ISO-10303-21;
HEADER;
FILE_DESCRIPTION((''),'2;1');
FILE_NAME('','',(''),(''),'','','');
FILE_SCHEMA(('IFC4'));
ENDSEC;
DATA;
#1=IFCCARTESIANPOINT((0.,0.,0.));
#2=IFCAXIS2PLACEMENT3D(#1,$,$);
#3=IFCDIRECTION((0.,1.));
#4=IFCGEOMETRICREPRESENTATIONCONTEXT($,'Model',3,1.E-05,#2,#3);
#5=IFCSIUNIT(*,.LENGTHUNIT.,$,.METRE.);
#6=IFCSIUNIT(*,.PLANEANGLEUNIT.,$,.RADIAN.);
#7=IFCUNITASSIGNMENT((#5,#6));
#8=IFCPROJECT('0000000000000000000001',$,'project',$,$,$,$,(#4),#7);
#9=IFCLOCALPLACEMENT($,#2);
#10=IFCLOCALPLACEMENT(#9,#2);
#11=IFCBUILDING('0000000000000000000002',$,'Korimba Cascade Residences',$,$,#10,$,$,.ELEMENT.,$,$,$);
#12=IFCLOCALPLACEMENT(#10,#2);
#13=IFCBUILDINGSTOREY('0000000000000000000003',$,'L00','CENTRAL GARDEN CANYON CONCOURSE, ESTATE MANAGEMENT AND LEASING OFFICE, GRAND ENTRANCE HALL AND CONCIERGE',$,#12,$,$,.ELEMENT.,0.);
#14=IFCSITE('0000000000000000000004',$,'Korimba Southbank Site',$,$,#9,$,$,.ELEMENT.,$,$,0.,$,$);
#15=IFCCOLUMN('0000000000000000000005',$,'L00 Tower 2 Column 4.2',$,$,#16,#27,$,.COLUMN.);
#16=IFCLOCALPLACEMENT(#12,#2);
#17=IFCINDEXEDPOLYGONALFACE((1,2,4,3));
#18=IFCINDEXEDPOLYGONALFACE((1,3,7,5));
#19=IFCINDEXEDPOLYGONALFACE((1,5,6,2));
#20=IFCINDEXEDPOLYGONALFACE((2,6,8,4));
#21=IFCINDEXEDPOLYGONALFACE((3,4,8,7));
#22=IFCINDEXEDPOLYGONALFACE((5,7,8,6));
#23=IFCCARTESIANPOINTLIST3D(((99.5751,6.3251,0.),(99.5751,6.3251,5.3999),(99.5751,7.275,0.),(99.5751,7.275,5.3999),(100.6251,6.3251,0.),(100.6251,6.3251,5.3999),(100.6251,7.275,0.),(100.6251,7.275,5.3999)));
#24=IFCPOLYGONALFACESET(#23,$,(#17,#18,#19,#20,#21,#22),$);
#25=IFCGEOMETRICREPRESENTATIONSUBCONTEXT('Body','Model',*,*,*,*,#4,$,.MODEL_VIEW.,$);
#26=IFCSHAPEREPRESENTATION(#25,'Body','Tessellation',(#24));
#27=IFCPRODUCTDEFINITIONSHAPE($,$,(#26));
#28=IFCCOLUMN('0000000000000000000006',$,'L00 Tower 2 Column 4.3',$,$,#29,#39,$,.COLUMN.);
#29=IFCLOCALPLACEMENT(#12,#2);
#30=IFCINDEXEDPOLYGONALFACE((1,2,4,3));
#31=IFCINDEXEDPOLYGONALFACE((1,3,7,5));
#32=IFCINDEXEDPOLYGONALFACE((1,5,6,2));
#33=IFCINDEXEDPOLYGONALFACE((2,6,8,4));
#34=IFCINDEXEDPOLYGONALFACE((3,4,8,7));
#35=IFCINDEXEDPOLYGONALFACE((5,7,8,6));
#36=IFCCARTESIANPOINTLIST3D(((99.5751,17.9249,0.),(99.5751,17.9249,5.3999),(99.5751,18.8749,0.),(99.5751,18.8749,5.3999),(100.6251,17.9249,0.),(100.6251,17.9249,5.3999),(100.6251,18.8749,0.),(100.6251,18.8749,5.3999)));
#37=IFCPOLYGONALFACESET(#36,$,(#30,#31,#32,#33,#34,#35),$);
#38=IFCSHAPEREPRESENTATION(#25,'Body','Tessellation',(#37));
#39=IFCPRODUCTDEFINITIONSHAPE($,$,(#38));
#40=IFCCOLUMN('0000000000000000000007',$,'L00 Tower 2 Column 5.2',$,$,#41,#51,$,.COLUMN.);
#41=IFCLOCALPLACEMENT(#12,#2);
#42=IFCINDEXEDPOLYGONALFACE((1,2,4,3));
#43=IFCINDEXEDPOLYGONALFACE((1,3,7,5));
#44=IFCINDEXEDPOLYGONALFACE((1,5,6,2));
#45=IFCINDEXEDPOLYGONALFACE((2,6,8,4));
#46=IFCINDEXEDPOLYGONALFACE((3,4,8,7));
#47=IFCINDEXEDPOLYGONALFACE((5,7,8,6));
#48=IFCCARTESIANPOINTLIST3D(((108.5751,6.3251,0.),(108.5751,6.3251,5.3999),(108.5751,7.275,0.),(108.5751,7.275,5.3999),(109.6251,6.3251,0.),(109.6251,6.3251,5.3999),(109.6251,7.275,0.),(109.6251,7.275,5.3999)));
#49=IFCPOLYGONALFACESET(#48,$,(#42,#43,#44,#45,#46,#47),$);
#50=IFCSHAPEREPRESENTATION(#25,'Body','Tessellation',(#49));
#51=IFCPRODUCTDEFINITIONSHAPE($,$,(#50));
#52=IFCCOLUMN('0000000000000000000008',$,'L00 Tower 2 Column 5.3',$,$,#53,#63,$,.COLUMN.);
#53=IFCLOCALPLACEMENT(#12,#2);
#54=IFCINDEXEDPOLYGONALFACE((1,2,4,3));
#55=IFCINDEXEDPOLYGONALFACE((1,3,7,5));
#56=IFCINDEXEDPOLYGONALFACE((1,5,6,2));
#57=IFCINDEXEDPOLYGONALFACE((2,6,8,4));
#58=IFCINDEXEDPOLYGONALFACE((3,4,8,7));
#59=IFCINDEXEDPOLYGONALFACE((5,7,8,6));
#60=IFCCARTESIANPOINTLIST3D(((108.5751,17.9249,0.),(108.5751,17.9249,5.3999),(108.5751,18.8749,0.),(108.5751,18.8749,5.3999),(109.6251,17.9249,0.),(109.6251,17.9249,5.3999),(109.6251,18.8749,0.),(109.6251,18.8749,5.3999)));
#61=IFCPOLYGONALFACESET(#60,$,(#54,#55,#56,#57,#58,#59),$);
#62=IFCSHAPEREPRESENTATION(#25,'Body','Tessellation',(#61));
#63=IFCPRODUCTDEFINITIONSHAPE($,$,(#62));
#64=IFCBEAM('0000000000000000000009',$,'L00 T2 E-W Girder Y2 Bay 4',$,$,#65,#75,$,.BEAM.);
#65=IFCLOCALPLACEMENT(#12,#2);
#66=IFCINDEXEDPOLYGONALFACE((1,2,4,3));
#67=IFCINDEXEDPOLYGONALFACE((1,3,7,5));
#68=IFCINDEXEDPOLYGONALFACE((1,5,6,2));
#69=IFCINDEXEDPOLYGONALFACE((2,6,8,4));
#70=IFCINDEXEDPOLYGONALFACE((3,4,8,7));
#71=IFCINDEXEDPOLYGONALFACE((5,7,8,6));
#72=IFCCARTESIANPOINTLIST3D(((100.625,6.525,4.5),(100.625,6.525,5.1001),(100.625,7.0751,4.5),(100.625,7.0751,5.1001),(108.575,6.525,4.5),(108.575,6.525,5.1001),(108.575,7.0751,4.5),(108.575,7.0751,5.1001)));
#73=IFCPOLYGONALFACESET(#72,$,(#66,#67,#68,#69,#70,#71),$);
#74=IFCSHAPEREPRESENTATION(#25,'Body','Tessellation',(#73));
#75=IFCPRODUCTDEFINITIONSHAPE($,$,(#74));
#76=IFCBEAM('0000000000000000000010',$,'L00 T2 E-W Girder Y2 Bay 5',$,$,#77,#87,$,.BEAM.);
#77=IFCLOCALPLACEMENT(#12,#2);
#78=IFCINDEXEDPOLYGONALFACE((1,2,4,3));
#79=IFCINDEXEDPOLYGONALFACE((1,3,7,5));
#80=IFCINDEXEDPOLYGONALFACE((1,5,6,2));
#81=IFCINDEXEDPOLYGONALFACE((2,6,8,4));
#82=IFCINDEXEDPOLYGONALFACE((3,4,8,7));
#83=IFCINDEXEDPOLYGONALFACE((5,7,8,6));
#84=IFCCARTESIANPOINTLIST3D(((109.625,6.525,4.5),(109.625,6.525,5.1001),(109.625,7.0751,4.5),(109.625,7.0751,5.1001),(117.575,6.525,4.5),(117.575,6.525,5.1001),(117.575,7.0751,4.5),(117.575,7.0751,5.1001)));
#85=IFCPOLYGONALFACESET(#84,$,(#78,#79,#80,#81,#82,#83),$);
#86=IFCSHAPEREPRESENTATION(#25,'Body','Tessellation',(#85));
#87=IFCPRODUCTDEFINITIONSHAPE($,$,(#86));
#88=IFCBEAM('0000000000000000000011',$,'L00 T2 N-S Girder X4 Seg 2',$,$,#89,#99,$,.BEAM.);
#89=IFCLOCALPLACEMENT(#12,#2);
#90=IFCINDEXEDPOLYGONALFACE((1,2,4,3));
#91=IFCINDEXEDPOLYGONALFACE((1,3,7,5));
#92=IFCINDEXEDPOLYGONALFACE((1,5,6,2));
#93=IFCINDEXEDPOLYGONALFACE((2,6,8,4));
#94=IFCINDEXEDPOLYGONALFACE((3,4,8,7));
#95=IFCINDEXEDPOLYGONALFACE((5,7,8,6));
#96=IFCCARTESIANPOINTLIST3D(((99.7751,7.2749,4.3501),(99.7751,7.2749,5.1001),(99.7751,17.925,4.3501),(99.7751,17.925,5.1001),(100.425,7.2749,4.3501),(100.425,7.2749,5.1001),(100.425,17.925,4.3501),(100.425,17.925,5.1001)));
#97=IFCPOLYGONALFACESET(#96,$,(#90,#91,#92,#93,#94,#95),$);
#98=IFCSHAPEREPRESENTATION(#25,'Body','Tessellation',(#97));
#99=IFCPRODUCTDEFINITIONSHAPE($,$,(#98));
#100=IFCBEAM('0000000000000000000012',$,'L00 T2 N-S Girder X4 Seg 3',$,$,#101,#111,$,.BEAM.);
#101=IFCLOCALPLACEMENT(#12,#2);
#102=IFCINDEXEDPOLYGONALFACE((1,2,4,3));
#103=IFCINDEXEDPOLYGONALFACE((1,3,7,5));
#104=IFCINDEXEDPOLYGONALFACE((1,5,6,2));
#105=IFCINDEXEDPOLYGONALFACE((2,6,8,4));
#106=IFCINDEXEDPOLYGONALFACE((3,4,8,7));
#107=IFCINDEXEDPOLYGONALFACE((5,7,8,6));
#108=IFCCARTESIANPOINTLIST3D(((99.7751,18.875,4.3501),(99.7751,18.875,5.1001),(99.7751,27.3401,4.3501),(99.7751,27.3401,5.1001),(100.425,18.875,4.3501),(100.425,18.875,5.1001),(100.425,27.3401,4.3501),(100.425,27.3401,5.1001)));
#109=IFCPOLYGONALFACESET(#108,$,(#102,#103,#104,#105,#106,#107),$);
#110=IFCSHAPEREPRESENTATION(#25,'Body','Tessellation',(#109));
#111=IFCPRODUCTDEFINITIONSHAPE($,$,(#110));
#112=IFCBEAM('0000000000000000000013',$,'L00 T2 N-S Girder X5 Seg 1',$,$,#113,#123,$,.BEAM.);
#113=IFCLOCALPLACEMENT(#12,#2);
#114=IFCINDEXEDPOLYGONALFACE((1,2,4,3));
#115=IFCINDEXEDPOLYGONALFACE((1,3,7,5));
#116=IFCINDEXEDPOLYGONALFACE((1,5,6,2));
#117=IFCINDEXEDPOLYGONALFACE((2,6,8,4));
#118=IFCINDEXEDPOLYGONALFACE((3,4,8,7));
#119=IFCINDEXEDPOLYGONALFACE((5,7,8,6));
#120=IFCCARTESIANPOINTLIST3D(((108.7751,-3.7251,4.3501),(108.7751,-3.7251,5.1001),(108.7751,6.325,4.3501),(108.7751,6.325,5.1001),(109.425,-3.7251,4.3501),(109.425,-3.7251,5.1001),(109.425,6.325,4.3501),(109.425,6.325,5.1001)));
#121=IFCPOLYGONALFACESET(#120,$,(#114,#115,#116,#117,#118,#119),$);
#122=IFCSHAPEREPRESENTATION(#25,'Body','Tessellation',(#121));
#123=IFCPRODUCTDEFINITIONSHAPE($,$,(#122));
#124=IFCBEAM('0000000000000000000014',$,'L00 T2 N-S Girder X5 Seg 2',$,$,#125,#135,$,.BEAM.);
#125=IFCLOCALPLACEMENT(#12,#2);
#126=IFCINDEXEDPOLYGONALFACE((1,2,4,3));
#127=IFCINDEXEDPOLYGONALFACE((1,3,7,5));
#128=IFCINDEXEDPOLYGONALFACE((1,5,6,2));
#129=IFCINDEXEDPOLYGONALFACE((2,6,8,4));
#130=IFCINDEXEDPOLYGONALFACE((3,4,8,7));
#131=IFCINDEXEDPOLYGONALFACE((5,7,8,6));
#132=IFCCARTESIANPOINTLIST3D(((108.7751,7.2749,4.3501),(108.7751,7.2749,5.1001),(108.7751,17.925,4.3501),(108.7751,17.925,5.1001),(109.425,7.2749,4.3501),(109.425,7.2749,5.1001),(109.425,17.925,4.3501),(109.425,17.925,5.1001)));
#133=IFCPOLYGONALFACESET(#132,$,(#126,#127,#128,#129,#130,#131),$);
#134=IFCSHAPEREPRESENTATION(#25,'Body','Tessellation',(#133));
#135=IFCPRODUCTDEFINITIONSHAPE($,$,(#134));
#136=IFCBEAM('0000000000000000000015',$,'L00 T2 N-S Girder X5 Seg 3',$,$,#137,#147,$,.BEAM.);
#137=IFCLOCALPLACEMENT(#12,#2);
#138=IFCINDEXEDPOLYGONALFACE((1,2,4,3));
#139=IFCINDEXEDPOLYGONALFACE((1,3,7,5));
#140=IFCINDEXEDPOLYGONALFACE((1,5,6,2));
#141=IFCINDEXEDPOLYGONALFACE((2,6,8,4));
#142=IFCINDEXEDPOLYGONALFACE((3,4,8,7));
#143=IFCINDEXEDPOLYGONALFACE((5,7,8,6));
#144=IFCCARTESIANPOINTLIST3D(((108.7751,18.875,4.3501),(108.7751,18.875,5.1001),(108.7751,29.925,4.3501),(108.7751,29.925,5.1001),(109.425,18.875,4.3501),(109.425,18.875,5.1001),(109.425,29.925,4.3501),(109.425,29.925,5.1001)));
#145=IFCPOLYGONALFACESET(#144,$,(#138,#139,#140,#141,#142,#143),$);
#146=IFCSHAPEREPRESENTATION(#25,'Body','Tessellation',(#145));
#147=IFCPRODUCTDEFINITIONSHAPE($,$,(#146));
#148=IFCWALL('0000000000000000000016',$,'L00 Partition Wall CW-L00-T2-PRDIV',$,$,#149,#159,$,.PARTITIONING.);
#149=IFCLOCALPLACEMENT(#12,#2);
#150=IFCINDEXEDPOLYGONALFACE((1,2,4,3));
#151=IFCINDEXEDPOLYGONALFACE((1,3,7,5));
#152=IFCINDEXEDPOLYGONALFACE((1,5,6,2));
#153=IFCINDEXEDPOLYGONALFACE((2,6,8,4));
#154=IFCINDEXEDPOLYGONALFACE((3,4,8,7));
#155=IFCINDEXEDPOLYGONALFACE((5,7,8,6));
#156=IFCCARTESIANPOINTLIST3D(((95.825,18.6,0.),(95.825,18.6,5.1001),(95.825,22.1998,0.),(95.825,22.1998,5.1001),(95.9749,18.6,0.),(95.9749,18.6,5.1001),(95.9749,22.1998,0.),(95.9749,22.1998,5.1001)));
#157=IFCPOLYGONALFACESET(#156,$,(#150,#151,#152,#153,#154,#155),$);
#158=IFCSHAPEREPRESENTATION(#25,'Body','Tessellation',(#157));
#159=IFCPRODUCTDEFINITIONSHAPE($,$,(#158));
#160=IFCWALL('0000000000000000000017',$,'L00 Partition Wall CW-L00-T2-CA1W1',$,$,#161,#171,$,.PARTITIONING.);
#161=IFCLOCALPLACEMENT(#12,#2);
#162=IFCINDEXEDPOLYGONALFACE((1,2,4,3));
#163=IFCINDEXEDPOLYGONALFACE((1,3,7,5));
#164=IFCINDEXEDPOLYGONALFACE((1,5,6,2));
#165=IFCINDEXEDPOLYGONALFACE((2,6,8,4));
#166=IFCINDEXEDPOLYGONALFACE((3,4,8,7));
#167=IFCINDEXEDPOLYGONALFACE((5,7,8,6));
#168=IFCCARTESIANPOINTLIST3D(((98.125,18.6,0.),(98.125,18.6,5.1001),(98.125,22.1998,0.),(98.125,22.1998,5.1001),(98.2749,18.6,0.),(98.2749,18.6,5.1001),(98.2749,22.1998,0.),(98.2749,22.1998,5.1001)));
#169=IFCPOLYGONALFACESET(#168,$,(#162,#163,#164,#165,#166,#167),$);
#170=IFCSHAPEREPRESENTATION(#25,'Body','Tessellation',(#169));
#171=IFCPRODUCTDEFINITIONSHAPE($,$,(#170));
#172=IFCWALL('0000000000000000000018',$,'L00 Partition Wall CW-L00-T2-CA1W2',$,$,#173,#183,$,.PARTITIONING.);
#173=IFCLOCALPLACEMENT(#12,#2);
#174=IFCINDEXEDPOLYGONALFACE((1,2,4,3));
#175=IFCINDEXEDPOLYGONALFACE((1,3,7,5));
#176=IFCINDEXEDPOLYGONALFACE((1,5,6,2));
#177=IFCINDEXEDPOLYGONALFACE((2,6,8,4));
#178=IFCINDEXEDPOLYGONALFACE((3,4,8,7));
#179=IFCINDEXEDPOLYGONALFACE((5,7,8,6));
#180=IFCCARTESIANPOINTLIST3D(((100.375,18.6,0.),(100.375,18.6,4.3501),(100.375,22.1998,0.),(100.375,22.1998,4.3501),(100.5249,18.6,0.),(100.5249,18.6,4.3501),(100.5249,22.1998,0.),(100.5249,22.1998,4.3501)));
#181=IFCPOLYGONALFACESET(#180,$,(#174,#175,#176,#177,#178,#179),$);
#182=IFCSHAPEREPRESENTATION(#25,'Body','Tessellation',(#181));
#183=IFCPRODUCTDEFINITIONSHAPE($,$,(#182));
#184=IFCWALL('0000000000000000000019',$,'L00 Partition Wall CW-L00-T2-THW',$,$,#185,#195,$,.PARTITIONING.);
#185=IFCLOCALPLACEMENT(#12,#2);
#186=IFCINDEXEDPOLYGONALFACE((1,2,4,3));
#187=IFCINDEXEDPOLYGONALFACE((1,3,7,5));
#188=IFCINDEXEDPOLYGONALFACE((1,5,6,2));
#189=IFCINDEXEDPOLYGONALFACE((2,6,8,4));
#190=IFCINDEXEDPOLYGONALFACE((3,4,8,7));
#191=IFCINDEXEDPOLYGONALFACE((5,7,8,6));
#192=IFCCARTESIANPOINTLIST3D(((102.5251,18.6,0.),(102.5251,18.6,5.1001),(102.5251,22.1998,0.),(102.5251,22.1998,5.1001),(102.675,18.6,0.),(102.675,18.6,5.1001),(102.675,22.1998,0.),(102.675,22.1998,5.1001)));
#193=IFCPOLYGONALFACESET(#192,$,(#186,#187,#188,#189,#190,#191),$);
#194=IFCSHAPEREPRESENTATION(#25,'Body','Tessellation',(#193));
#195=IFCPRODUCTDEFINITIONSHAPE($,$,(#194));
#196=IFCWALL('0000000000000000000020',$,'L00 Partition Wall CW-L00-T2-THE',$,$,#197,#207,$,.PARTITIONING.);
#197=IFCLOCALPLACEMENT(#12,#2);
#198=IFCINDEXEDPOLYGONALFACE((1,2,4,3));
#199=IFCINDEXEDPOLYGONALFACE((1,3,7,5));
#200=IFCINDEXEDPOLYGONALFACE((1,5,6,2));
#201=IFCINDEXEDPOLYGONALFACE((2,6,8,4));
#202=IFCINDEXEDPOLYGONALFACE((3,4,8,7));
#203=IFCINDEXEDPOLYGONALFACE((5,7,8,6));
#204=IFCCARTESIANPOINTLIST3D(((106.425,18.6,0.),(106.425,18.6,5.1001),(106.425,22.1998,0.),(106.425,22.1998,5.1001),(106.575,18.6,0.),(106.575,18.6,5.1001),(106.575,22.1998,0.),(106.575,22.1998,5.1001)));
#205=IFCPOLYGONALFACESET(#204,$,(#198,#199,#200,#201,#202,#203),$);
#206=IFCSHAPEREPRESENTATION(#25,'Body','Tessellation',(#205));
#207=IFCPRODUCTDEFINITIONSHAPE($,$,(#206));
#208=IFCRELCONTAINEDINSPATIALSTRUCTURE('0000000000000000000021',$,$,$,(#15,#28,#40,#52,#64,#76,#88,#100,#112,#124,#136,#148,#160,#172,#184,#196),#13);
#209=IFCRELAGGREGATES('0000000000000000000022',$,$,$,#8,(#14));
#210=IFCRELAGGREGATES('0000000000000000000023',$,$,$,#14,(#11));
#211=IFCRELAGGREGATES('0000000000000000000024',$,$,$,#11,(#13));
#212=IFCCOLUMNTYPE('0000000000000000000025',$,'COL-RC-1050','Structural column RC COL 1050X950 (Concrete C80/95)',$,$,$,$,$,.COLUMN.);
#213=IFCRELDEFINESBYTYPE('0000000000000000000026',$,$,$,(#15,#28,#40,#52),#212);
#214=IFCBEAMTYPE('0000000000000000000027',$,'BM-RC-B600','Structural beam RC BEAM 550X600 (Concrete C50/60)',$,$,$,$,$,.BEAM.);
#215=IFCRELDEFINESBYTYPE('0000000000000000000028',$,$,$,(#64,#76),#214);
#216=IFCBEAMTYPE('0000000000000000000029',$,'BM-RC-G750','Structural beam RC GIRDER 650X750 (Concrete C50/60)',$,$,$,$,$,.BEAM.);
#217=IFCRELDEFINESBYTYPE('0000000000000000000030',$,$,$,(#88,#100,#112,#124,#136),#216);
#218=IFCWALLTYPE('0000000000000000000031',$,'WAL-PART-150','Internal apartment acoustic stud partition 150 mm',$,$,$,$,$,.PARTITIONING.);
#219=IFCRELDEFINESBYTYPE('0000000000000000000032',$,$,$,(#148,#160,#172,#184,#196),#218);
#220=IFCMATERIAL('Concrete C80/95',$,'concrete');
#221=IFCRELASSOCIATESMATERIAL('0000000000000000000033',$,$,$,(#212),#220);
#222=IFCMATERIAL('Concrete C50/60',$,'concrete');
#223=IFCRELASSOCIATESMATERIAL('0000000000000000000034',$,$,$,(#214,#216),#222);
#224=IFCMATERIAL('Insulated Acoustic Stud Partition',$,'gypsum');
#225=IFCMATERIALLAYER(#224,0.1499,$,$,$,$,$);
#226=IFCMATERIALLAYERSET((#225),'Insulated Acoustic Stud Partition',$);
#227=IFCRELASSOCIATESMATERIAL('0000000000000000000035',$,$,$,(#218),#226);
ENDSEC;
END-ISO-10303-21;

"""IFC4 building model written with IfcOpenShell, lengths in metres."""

from ifc_helpers import new_model, si_unit, direction, frame, frame_2d, origin, origin_2d, place, context, subcontext, project, spatial, rectangle, extrude, material, layer, layer_set, material_profile, profile_set, type_object, element, save


model = new_model("IFC4")

# Units and contexts
model_context = context("Model", 3, precision=1e-05, world=origin(), true_north=direction((0.0, 1.0)))
body_context = subcontext(model_context, "Body", "Model", "MODEL_VIEW")
ifc_project = project(units=[si_unit("LENGTHUNIT", "METRE"), si_unit("PLANEANGLEUNIT", "RADIAN")], contexts=[model_context])

# Site, building, storey
site_placement = place(None, origin())
site = spatial("IfcSite", under=ifc_project, at=site_placement, Name="Korimba Southbank Site", CompositionType="ELEMENT", RefElevation=0.0)
building_placement = place(site_placement, origin())
building = spatial("IfcBuilding", under=site, at=building_placement, Name="Korimba Cascade Residences", CompositionType="ELEMENT")
storey_placement = place(building_placement, origin())
storey = spatial("IfcBuildingStorey", under=building, at=storey_placement, Name="L00", Description="CENTRAL GARDEN CANYON CONCOURSE, ESTATE MANAGEMENT AND LEASING OFFICE, GRAND ENTRANCE HALL AND CONCIERGE", CompositionType="ELEMENT", Elevation=0.0)

# Columns
ifc_material_1 = material(Name="Concrete C80/95", Category="concrete")
ifc_material_profile_1 = material_profile(ifc_material_1, rectangle(XDim=1.05, YDim=0.95, at=origin_2d()), Name="Concrete C80/95")
ifc_profile_set_1 = profile_set([ifc_material_profile_1], Name="Concrete C80/95")
column_type = type_object("IfcColumnType", Name="COL-RC-1050", Description="Structural column RC COL 1050X950 (Concrete C80/95)", PredefinedType="COLUMN", material=ifc_profile_set_1)
for number, where, z_axis, x_axis, name in (
    (1, (100.1001, 6.8, 0.0), (0.0, 0.0, 1.0), (1.0, 0.0, 0.0), "L00 Tower 2 Column 4.2"),
    (2, (100.1001, 18.3999, 0.0), (0.0, 0.0, 1.0), (1.0, 0.0, 0.0), "L00 Tower 2 Column 4.3"),
    (3, (109.1001, 6.8, 0.0), (0.0, 0.0, 1.0), (1.0, 0.0, 0.0), "L00 Tower 2 Column 5.2"),
    (4, (109.1001, 18.3999, 0.0), (0.0, 0.0, 1.0), (1.0, 0.0, 0.0), "L00 Tower 2 Column 5.3"),
):
    element("IfcColumn", number, at=place(storey_placement, frame(where, z_axis=z_axis, x_axis=x_axis)), inside=storey, type_object=column_type, Name=name, PredefinedType="COLUMN", context=body_context, shape_type="SweptSolid", body=[
        extrude(rectangle(XDim=1.05, YDim=0.95, at=origin_2d()), origin(), (0.0, 0.0, 1.0), 5.3999),
    ])

# Beams
ifc_material_2 = material(Name="Concrete C50/60", Category="concrete")
ifc_material_profile_2 = material_profile(ifc_material_2, rectangle(XDim=0.55, YDim=0.6001, at=origin_2d()), Name="Concrete C50/60")
ifc_profile_set_2 = profile_set([ifc_material_profile_2], Name="Concrete C50/60")
beam_type_1 = type_object("IfcBeamType", Name="BM-RC-B600", Description="Structural beam RC BEAM 550X600 (Concrete C50/60)", PredefinedType="BEAM", material=ifc_profile_set_2)
for number, where, z_axis, x_axis, name in (
    (5, (100.625, 6.8, 4.8), (1.0, 0.0, 0.0), (0.0, 1.0, 0.0), "L00 T2 E-W Girder Y2 Bay 4"),
    (6, (109.625, 6.8, 4.8), (1.0, 0.0, 0.0), (0.0, 1.0, 0.0), "L00 T2 E-W Girder Y2 Bay 5"),
):
    element("IfcBeam", number, at=place(storey_placement, frame(where, z_axis=z_axis, x_axis=x_axis)), inside=storey, type_object=beam_type_1, Name=name, PredefinedType="BEAM", context=body_context, shape_type="SweptSolid", body=[
        extrude(rectangle(XDim=0.55, YDim=0.6001, at=origin_2d()), origin(), (0.0, 0.0, 1.0), 7.95),
    ])
ifc_material_profile_3 = material_profile(ifc_material_2, rectangle(XDim=0.6499, YDim=0.75, at=origin_2d()), Name="Concrete C50/60")
ifc_profile_set_3 = profile_set([ifc_material_profile_3], Name="Concrete C50/60")
beam_type_2 = type_object("IfcBeamType", Name="BM-RC-G750", Description="Structural beam RC GIRDER 650X750 (Concrete C50/60)", PredefinedType="BEAM", material=ifc_profile_set_3)
beam_1_placement = place(storey_placement, frame((100.1001, 7.2749, 4.7251), z_axis=(0.0, 1.0, 0.0), x_axis=(-1.0, 0.0, 0.0)))
element("IfcBeam", 7, at=beam_1_placement, inside=storey, type_object=beam_type_2, Name="L00 T2 N-S Girder X4 Seg 2", PredefinedType="BEAM", context=body_context, shape_type="SweptSolid", body=[
    extrude(rectangle(XDim=0.6499, YDim=0.75, at=origin_2d()), origin(), (0.0, 0.0, 1.0), 10.6501),
])
beam_2_placement = place(storey_placement, frame((100.1001, 18.875, 4.7251), z_axis=(0.0, 1.0, 0.0), x_axis=(-1.0, 0.0, 0.0)))
element("IfcBeam", 8, at=beam_2_placement, inside=storey, type_object=beam_type_2, Name="L00 T2 N-S Girder X4 Seg 3", PredefinedType="BEAM", context=body_context, shape_type="SweptSolid", body=[
    extrude(rectangle(XDim=0.6499, YDim=0.75, at=origin_2d()), origin(), (0.0, 0.0, 1.0), 8.4651),
])
beam_3_placement = place(storey_placement, frame((109.1001, -3.7251, 4.7251), z_axis=(0.0, 1.0, 0.0), x_axis=(-1.0, 0.0, 0.0)))
element("IfcBeam", 9, at=beam_3_placement, inside=storey, type_object=beam_type_2, Name="L00 T2 N-S Girder X5 Seg 1", PredefinedType="BEAM", context=body_context, shape_type="SweptSolid", body=[
    extrude(rectangle(XDim=0.6499, YDim=0.75, at=origin_2d()), origin(), (0.0, 0.0, 1.0), 10.05),
])
beam_4_placement = place(storey_placement, frame((109.1001, 7.2749, 4.7251), z_axis=(0.0, 1.0, 0.0), x_axis=(-1.0, 0.0, 0.0)))
element("IfcBeam", 10, at=beam_4_placement, inside=storey, type_object=beam_type_2, Name="L00 T2 N-S Girder X5 Seg 2", PredefinedType="BEAM", context=body_context, shape_type="SweptSolid", body=[
    extrude(rectangle(XDim=0.6499, YDim=0.75, at=origin_2d()), origin(), (0.0, 0.0, 1.0), 10.6501),
])
beam_5_placement = place(storey_placement, frame((109.1001, 18.875, 4.7251), z_axis=(0.0, 1.0, 0.0), x_axis=(-1.0, 0.0, 0.0)))
element("IfcBeam", 11, at=beam_5_placement, inside=storey, type_object=beam_type_2, Name="L00 T2 N-S Girder X5 Seg 3", PredefinedType="BEAM", context=body_context, shape_type="SweptSolid", body=[
    extrude(rectangle(XDim=0.6499, YDim=0.75, at=origin_2d()), origin(), (0.0, 0.0, 1.0), 11.05),
])

# Walls
ifc_material_3 = material(Name="Insulated Acoustic Stud Partition", Category="gypsum")
ifc_layer_1 = layer(ifc_material_3, 0.1499)
ifc_layer_set_1 = layer_set([ifc_layer_1], Name="Insulated Acoustic Stud Partition")
wall_type_1 = type_object("IfcWallType", Name="WAL-PART-150", Description="Internal apartment acoustic stud partition 150 mm", PredefinedType="PARTITIONING", material=ifc_layer_set_1)
for number, where, z_axis, x_axis, name in (
    (12, (95.8999, 18.6001, 0.0), (0.0, 0.0, 1.0), (0.0, 1.0, 0.0), "L00 Partition Wall CW-L00-T2-PRDIV"),
    (13, (98.2, 18.6001, 0.0), (0.0, 0.0, 1.0), (0.0, 1.0, 0.0), "L00 Partition Wall CW-L00-T2-CA1W1"),
):
    element("IfcWall", number, at=place(storey_placement, frame(where, z_axis=z_axis, x_axis=x_axis)), inside=storey, type_object=wall_type_1, Name=name, PredefinedType="PARTITIONING", context=body_context, shape_type="SweptSolid", body=[
        extrude(rectangle(XDim=3.5999, YDim=0.1499, at=frame_2d((1.7998, 0.0))), origin(), (0.0, 0.0, 1.0), 5.1001),
    ])
wall_1_placement = place(storey_placement, frame((100.45, 18.6001, 0.0), z_axis=(0.0, 0.0, 1.0), x_axis=(0.0, 1.0, 0.0)))
element("IfcWall", 14, at=wall_1_placement, inside=storey, type_object=wall_type_1, Name="L00 Partition Wall CW-L00-T2-CA1W2", PredefinedType="PARTITIONING", context=body_context, shape_type="SweptSolid", body=[
    extrude(rectangle(XDim=3.5999, YDim=0.1499, at=frame_2d((1.7998, 0.0))), origin(), (0.0, 0.0, 1.0), 4.3501),
])
for number, where, z_axis, x_axis, name in (
    (15, (102.6001, 18.6001, 0.0), (0.0, 0.0, 1.0), (0.0, 1.0, 0.0), "L00 Partition Wall CW-L00-T2-THW"),
    (16, (106.5, 18.6001, 0.0), (0.0, 0.0, 1.0), (0.0, 1.0, 0.0), "L00 Partition Wall CW-L00-T2-THE"),
):
    element("IfcWall", number, at=place(storey_placement, frame(where, z_axis=z_axis, x_axis=x_axis)), inside=storey, type_object=wall_type_1, Name=name, PredefinedType="PARTITIONING", context=body_context, shape_type="SweptSolid", body=[
        extrude(rectangle(XDim=3.5999, YDim=0.1499, at=frame_2d((1.7998, 0.0))), origin(), (0.0, 0.0, 1.0), 5.1001),
    ])

save(model, "model.ifc")
